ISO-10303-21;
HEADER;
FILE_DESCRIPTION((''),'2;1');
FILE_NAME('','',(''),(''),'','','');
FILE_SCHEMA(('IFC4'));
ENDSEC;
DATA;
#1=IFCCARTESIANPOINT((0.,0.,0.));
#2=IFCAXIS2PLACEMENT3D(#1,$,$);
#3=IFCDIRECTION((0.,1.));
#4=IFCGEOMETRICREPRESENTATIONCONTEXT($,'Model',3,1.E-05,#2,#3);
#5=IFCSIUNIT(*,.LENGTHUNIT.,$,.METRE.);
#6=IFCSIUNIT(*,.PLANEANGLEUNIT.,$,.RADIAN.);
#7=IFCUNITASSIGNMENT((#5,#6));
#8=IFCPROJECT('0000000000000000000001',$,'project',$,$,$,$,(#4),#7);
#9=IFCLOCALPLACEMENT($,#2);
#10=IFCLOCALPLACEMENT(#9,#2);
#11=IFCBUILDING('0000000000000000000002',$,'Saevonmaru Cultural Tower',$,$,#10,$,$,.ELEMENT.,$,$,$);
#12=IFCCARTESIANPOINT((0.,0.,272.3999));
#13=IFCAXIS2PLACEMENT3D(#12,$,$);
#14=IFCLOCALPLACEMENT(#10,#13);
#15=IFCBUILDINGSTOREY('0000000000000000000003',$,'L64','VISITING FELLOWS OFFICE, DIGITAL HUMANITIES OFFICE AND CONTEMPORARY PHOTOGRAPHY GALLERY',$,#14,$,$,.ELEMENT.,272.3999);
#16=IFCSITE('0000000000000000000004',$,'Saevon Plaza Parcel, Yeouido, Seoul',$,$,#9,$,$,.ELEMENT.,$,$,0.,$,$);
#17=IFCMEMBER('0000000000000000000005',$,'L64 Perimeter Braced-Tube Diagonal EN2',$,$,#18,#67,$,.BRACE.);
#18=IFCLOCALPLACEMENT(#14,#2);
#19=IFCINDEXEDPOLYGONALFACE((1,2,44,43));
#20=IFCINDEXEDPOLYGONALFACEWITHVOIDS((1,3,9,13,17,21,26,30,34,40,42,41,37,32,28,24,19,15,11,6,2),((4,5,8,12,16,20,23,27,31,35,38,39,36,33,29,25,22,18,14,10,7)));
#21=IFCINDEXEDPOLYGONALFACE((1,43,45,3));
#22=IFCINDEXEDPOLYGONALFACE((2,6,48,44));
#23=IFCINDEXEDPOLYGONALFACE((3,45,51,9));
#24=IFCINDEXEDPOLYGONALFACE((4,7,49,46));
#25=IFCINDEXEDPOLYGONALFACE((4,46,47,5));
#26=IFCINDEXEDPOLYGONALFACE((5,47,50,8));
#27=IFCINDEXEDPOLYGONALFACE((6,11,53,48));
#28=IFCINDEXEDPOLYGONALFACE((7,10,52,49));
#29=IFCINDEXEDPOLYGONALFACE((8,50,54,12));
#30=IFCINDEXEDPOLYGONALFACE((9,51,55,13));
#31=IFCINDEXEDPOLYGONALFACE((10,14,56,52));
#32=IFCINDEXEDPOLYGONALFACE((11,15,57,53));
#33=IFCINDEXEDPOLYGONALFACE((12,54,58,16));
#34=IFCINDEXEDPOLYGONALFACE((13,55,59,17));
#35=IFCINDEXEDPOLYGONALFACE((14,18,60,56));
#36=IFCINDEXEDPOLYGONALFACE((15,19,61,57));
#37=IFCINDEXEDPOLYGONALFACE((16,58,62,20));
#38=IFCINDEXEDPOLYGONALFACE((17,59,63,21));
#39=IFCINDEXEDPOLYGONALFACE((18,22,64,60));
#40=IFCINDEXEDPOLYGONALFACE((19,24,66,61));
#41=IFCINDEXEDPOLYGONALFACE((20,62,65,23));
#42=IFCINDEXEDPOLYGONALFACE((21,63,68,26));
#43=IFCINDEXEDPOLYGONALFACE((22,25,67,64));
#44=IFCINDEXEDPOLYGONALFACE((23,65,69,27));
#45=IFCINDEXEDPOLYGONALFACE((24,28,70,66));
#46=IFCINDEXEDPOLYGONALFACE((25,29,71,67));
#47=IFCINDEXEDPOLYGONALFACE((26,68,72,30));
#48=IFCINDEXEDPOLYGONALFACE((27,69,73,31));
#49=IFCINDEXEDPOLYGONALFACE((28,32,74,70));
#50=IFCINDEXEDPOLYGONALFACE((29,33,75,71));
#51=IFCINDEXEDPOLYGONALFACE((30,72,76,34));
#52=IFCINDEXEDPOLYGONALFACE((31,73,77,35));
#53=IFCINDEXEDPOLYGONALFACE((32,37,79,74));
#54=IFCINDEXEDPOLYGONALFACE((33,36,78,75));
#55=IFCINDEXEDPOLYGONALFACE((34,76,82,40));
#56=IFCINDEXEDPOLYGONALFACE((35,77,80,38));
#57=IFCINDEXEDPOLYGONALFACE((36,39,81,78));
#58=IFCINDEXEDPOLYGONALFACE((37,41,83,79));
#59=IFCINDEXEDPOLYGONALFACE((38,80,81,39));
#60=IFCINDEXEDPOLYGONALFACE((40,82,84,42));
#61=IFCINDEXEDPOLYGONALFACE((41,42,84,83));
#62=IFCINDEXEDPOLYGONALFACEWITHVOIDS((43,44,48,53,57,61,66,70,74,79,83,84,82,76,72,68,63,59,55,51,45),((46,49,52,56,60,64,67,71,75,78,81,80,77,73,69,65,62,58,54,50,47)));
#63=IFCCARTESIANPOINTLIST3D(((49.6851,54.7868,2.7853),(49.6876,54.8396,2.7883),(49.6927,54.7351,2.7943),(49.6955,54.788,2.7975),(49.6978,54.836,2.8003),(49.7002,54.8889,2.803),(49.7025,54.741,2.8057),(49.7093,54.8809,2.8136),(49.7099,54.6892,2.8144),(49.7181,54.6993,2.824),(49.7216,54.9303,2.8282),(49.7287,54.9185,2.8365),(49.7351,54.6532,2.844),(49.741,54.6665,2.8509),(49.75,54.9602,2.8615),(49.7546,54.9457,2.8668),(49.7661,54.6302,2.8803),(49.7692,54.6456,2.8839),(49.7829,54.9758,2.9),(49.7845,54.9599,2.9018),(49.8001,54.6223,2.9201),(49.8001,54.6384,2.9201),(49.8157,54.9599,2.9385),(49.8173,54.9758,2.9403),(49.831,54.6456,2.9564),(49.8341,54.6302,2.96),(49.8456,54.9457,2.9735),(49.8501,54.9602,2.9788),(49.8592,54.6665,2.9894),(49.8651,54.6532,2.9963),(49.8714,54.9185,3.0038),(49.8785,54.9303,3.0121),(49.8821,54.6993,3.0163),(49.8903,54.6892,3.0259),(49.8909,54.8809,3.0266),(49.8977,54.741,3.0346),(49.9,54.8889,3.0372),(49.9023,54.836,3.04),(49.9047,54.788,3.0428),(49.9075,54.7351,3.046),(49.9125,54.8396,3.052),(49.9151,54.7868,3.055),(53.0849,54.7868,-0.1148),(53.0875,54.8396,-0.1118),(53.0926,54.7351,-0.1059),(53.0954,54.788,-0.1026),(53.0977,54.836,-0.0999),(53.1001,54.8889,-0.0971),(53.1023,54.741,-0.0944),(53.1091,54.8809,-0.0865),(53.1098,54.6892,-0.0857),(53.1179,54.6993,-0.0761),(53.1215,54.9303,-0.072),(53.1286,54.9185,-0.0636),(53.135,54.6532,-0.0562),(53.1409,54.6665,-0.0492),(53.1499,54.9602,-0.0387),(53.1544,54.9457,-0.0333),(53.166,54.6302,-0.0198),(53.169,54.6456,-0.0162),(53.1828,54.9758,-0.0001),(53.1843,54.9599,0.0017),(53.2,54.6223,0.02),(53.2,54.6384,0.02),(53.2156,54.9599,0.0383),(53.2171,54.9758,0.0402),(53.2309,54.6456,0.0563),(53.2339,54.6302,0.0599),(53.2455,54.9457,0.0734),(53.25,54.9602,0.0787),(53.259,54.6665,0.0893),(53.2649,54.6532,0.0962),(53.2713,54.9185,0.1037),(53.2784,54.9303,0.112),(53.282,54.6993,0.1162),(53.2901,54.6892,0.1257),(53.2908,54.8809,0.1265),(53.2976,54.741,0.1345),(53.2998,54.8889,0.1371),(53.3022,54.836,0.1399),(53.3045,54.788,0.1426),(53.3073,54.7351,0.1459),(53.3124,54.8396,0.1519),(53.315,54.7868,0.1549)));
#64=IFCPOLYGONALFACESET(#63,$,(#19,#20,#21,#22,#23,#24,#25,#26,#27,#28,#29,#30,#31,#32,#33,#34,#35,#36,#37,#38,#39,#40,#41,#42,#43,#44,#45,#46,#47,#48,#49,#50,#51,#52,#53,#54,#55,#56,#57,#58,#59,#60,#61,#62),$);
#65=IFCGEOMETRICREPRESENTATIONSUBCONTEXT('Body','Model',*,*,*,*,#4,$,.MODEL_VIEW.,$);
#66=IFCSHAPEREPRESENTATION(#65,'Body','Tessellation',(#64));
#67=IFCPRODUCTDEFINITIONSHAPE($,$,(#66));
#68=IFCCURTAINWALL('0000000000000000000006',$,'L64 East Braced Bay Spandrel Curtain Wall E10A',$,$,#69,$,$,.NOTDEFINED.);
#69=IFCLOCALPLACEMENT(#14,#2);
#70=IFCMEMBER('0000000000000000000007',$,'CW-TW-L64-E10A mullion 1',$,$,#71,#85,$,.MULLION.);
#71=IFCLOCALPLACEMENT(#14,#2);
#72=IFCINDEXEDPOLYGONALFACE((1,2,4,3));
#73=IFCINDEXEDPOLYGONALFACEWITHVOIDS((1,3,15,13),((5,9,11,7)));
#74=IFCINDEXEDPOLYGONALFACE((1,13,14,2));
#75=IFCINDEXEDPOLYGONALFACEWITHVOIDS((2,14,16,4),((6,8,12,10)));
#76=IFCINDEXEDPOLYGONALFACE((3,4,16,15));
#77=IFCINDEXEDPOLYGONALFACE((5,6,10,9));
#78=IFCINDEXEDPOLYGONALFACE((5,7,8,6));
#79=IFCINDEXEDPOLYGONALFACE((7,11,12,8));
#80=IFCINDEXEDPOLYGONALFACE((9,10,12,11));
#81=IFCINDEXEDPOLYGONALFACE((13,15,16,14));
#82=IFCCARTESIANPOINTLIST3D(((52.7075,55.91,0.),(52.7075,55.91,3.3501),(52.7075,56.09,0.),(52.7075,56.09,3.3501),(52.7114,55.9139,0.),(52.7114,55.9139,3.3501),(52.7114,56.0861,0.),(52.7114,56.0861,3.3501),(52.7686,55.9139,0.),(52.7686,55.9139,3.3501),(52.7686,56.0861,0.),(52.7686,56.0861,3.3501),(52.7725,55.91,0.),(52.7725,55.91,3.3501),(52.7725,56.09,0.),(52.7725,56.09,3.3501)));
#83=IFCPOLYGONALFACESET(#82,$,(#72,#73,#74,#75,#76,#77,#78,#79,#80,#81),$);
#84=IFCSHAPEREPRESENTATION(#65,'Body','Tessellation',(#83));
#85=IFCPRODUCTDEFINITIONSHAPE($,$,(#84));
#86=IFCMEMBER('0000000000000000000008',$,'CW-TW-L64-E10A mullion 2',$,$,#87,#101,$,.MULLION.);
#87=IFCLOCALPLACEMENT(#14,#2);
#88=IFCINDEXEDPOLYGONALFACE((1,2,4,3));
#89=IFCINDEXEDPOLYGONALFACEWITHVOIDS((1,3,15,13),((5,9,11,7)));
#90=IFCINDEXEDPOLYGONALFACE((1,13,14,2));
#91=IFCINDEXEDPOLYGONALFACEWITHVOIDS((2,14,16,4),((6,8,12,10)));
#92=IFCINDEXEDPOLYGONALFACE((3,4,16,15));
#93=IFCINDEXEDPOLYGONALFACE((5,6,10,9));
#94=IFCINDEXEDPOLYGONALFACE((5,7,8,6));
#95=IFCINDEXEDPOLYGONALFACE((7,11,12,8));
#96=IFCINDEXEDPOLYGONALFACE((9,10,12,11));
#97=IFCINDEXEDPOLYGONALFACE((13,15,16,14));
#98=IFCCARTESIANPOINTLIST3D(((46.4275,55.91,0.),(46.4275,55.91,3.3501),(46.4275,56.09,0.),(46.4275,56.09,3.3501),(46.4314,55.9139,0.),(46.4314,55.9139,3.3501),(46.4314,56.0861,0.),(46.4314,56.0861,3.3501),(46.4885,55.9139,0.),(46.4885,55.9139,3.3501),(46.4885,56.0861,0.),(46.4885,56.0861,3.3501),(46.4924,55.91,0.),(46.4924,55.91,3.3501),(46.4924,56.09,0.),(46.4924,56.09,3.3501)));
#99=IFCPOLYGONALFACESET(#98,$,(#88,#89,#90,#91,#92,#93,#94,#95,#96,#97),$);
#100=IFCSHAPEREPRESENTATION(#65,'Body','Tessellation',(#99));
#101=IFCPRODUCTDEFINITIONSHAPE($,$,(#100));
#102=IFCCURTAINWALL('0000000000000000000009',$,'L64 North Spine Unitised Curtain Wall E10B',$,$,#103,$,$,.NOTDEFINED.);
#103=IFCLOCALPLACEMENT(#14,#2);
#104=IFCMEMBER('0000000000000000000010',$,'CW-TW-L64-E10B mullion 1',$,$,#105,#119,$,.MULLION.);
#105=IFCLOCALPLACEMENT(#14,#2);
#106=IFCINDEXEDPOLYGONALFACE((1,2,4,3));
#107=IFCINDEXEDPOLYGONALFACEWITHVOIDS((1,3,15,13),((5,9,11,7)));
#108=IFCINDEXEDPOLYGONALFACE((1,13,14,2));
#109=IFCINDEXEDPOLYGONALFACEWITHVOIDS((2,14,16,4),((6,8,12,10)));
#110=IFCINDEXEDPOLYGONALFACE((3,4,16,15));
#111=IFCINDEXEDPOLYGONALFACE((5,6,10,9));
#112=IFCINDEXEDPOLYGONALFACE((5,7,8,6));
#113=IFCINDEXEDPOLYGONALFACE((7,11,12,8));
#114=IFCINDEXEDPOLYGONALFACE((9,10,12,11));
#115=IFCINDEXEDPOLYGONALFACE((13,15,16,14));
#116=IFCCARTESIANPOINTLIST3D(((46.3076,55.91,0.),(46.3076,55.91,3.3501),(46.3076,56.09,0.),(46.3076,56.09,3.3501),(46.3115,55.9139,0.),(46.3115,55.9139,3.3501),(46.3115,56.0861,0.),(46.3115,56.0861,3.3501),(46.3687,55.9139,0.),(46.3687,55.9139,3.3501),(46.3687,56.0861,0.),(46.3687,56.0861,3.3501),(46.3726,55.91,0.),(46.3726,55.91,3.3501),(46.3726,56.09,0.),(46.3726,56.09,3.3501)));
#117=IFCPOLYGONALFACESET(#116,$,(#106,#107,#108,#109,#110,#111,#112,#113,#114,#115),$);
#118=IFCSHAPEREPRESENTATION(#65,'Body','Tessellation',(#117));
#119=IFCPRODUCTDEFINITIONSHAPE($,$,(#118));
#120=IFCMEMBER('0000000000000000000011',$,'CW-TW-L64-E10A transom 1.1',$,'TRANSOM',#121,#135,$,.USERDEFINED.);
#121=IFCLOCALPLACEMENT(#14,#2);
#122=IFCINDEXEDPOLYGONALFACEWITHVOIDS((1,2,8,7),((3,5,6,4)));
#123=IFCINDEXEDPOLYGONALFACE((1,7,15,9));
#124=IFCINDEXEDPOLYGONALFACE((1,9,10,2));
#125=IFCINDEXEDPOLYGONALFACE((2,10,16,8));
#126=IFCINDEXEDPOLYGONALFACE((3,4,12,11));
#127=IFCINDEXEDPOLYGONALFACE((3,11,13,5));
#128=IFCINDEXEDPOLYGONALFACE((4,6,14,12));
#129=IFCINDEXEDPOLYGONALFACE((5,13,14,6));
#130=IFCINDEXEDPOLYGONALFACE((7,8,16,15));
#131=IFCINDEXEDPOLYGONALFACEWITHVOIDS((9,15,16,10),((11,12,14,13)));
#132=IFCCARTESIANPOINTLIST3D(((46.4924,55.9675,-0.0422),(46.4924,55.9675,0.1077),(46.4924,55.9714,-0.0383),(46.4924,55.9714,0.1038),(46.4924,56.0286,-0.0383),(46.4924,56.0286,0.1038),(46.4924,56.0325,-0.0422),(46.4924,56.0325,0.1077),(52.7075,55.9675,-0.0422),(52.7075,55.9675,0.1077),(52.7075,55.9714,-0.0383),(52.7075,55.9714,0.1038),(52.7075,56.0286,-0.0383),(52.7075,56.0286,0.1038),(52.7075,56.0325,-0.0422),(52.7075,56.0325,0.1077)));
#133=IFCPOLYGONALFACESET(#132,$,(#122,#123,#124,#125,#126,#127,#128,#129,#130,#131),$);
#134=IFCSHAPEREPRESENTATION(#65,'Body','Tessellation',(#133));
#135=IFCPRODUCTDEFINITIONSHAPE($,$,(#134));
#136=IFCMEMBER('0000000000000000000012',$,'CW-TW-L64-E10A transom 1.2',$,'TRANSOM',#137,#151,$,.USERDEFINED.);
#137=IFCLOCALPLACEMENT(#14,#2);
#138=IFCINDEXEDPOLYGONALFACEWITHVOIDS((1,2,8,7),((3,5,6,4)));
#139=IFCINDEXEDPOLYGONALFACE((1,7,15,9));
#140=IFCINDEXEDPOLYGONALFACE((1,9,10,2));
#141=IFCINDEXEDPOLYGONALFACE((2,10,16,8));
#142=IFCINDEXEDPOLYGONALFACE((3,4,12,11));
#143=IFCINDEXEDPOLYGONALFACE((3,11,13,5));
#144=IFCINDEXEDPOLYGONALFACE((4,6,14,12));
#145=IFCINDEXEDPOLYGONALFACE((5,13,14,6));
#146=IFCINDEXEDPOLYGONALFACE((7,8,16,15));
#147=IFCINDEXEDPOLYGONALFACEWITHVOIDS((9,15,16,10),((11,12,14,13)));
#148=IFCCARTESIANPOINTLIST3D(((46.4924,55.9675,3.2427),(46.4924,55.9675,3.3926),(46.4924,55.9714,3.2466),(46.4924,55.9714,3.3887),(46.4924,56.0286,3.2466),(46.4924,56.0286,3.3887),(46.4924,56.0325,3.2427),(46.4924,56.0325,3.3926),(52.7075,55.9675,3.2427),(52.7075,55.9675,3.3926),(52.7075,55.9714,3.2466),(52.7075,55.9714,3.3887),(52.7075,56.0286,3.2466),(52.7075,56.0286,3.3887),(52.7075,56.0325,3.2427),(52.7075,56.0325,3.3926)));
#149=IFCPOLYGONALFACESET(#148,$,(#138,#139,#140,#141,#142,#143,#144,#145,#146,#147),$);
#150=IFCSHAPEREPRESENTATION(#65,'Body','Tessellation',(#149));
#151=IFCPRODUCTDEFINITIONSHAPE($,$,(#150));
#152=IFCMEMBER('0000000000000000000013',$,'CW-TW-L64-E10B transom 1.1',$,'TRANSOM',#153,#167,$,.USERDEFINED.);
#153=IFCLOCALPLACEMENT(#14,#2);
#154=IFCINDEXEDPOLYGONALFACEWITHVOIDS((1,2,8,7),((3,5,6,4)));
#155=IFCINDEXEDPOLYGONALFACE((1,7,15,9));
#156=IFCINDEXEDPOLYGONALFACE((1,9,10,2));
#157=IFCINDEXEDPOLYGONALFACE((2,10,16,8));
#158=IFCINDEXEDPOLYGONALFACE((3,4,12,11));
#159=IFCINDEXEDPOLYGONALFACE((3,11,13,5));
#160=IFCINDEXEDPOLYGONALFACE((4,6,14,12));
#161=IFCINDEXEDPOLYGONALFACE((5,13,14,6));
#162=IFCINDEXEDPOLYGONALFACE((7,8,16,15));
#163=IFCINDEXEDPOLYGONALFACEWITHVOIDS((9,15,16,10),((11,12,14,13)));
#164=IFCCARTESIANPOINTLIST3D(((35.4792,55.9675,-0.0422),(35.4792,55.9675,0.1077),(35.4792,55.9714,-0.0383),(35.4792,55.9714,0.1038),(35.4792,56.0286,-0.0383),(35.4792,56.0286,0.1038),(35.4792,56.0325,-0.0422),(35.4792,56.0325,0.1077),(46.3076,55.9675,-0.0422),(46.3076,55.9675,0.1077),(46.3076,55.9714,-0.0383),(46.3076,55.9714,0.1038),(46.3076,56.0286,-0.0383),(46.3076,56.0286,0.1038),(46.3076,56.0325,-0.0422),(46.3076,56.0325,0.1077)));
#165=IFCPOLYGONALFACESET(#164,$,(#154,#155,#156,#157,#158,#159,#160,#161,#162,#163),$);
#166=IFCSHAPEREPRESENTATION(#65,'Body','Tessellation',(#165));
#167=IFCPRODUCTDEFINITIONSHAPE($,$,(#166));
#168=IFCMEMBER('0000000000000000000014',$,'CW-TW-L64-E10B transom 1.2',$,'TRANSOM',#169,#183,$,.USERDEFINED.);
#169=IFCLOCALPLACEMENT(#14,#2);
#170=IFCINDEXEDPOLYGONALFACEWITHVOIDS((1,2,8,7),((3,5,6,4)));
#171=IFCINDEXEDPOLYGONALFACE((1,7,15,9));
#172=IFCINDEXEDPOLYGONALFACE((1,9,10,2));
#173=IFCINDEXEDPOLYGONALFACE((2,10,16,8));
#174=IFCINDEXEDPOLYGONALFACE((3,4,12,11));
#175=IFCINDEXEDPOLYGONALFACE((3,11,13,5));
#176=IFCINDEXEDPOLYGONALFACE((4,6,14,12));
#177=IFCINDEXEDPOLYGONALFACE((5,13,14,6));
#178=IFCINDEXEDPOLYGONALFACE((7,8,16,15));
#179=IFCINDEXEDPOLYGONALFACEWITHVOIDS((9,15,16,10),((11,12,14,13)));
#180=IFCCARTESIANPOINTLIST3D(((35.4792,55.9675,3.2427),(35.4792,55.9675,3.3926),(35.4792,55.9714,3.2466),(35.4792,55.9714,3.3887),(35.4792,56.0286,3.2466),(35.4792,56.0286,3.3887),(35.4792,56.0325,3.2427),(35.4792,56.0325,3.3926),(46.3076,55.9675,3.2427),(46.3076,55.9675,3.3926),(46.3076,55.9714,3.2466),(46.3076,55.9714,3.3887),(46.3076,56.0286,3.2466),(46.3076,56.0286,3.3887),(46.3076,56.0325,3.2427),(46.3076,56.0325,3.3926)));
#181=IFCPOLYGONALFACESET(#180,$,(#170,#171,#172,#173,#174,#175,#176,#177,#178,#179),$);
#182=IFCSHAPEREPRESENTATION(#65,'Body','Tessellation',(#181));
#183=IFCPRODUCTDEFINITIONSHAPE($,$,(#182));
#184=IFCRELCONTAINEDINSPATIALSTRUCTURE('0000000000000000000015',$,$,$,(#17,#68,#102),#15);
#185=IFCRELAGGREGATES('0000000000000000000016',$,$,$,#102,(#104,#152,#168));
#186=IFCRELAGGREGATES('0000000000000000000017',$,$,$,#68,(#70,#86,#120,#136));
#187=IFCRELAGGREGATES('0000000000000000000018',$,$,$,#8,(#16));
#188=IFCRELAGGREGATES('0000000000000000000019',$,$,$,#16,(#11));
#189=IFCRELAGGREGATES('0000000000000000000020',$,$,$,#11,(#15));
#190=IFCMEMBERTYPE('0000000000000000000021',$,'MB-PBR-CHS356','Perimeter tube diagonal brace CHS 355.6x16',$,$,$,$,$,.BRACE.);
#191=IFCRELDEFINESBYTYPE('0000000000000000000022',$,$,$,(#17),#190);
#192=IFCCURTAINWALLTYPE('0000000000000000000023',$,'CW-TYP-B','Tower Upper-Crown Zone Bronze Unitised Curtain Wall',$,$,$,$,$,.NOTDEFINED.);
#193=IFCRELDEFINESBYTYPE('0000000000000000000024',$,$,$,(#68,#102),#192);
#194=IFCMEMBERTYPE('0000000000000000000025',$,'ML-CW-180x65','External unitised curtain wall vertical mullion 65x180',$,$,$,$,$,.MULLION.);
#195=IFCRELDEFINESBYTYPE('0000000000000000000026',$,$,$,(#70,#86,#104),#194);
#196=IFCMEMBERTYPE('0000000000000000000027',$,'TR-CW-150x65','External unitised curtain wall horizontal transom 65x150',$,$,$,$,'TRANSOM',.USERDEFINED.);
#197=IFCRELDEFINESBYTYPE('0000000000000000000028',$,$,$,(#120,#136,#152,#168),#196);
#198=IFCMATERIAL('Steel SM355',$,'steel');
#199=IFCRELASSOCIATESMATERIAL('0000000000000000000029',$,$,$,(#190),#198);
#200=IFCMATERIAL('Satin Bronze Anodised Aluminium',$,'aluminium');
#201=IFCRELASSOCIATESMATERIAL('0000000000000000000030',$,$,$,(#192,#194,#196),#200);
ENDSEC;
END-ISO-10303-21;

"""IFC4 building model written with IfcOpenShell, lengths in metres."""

from ifc_helpers import new_model, si_unit, direction, frame, origin, origin_2d, place, context, subcontext, project, spatial, hollow_rectangle, hollow_circle, extrude, material, material_profile, profile_set, type_object, element, aggregate, save


model = new_model("IFC4")

# Units and contexts
model_context = context("Model", 3, precision=1e-05, world=origin(), true_north=direction((0.0, 1.0)))
body_context = subcontext(model_context, "Body", "Model", "MODEL_VIEW")
ifc_project = project(units=[si_unit("LENGTHUNIT", "METRE"), si_unit("PLANEANGLEUNIT", "RADIAN")], contexts=[model_context])

# Site, building, storey
site_placement = place(None, origin())
site = spatial("IfcSite", under=ifc_project, at=site_placement, Name="Saevon Plaza Parcel, Yeouido, Seoul", CompositionType="ELEMENT", RefElevation=0.0)
building_placement = place(site_placement, origin())
building = spatial("IfcBuilding", under=site, at=building_placement, Name="Saevonmaru Cultural Tower", CompositionType="ELEMENT")
storey_placement = place(building_placement, frame((0.0, 0.0, 272.3999)))
storey = spatial("IfcBuildingStorey", under=building, at=storey_placement, Name="L64", Description="VISITING FELLOWS OFFICE, DIGITAL HUMANITIES OFFICE AND CONTEMPORARY PHOTOGRAPHY GALLERY", CompositionType="ELEMENT", Elevation=272.3999)

# Shared definitions
ifc_material_1 = material(Name="Steel SM355", Category="steel")

# Member
ifc_material_profile_1 = material_profile(ifc_material_1, hollow_circle(Radius=0.1777, WallThickness=0.0161, at=origin_2d()), Name="CHS-355.6x16")
ifc_profile_set_1 = profile_set([ifc_material_profile_1], Name="Steel SM355")
member_type_1 = type_object("IfcMemberType", Name="MB-PBR-CHS356", Description="Perimeter tube diagonal brace CHS 355.6x16", PredefinedType="BRACE", material=ifc_profile_set_1)
member_1_placement = place(storey_placement, frame((53.2, 54.8, 0.02), z_axis=(-0.760809, 0.0, 0.648976), x_axis=(0.0, -1.0, 0.0)))
element("IfcMember", 1, at=member_1_placement, inside=storey, type_object=member_type_1, Name="L64 Perimeter Braced-Tube Diagonal EN2", PredefinedType="BRACE", context=body_context, shape_type="SweptSolid", body=[
    extrude(hollow_circle(Radius=0.1777, WallThickness=0.0161, at=origin_2d()), origin(), (0.0, 0.0, 1.0), 4.4688),
])

# Curtain wall, members
ifc_material_2 = material(Name="Satin Bronze Anodised Aluminium", Category="aluminium")
curtain_wall_type = type_object("IfcCurtainWallType", Name="CW-TYP-B", Description="Tower Upper-Crown Zone Bronze Unitised Curtain Wall", PredefinedType="NOTDEFINED", material=ifc_material_2)
curtain_wall_1_placement = place(storey_placement, origin())
curtain_wall_1 = element("IfcCurtainWall", 2, at=curtain_wall_1_placement, inside=storey, type_object=curtain_wall_type, Name="L64 East Braced Bay Spandrel Curtain Wall E10A", PredefinedType="NOTDEFINED")
ifc_material_profile_2 = material_profile(ifc_material_2, hollow_rectangle(XDim=0.0649, YDim=0.1799, WallThickness=0.0039, at=origin_2d()), Name="ALU-MULL-180x65x4")
ifc_profile_set_2 = profile_set([ifc_material_profile_2], Name="Satin Bronze Anodised Aluminium")
member_type_2 = type_object("IfcMemberType", Name="ML-CW-180x65", Description="External unitised curtain wall vertical mullion 65x180", PredefinedType="MULLION", material=ifc_profile_set_2)
member_2_placement = place(storey_placement, frame((52.74, 56.0, 0.0), z_axis=(0.0, 0.0, 1.0), x_axis=(-1.0, 0.0, 0.0)))
member_2 = element("IfcMember", 3, at=member_2_placement, type_object=member_type_2, Name="CW-TW-L64-E10A mullion 1", PredefinedType="MULLION", context=body_context, shape_type="SweptSolid", body=[
    extrude(hollow_rectangle(XDim=0.0649, YDim=0.1799, WallThickness=0.0039, at=origin_2d()), origin(), (0.0, 0.0, 1.0), 3.3501),
])
member_3_placement = place(storey_placement, frame((46.46, 56.0, 0.0), z_axis=(0.0, 0.0, 1.0), x_axis=(-1.0, 0.0, 0.0)))
member_3 = element("IfcMember", 4, at=member_3_placement, type_object=member_type_2, Name="CW-TW-L64-E10A mullion 2", PredefinedType="MULLION", context=body_context, shape_type="SweptSolid", body=[
    extrude(hollow_rectangle(XDim=0.0649, YDim=0.1799, WallThickness=0.0039, at=origin_2d()), origin(), (0.0, 0.0, 1.0), 3.3501),
])

# Curtain wall, member
curtain_wall_2_placement = place(storey_placement, origin())
curtain_wall_2 = element("IfcCurtainWall", 5, at=curtain_wall_2_placement, inside=storey, type_object=curtain_wall_type, Name="L64 North Spine Unitised Curtain Wall E10B", PredefinedType="NOTDEFINED")
member_4_placement = place(storey_placement, frame((46.3401, 56.0, 0.0), z_axis=(0.0, 0.0, 1.0), x_axis=(-1.0, 0.0, 0.0)))
member_4 = element("IfcMember", 6, at=member_4_placement, type_object=member_type_2, Name="CW-TW-L64-E10B mullion 1", PredefinedType="MULLION", context=body_context, shape_type="SweptSolid", body=[
    extrude(hollow_rectangle(XDim=0.0649, YDim=0.1799, WallThickness=0.0039, at=origin_2d()), origin(), (0.0, 0.0, 1.0), 3.3501),
])

# Members
ifc_material_profile_3 = material_profile(ifc_material_2, hollow_rectangle(XDim=0.0649, YDim=0.1499, WallThickness=0.0039, at=origin_2d()), Name="ALU-TRAN-150x65x4")
ifc_profile_set_3 = profile_set([ifc_material_profile_3], Name="Satin Bronze Anodised Aluminium")
member_type_3 = type_object("IfcMemberType", Name="TR-CW-150x65", Description="External unitised curtain wall horizontal transom 65x150", ElementType="TRANSOM", PredefinedType="USERDEFINED", material=ifc_profile_set_3)
member_5_placement = place(storey_placement, frame((52.7075, 56.0, 0.0327), z_axis=(-1.0, 0.0, 0.0), x_axis=(0.0, -1.0, 0.0)))
member_5 = element("IfcMember", 7, at=member_5_placement, type_object=member_type_3, Name="CW-TW-L64-E10A transom 1.1", ObjectType="TRANSOM", PredefinedType="USERDEFINED", context=body_context, shape_type="SweptSolid", body=[
    extrude(hollow_rectangle(XDim=0.0649, YDim=0.1499, WallThickness=0.0039, at=origin_2d()), origin(), (0.0, 0.0, 1.0), 6.2151),
])
member_6_placement = place(storey_placement, frame((52.7075, 56.0, 3.3176), z_axis=(-1.0, 0.0, 0.0), x_axis=(0.0, -1.0, 0.0)))
member_6 = element("IfcMember", 8, at=member_6_placement, type_object=member_type_3, Name="CW-TW-L64-E10A transom 1.2", ObjectType="TRANSOM", PredefinedType="USERDEFINED", context=body_context, shape_type="SweptSolid", body=[
    extrude(hollow_rectangle(XDim=0.0649, YDim=0.1499, WallThickness=0.0039, at=origin_2d()), origin(), (0.0, 0.0, 1.0), 6.2151),
])
member_7_placement = place(storey_placement, frame((46.3076, 56.0, 0.0327), z_axis=(-1.0, 0.0, 0.0), x_axis=(0.0, -1.0, 0.0)))
member_7 = element("IfcMember", 9, at=member_7_placement, type_object=member_type_3, Name="CW-TW-L64-E10B transom 1.1", ObjectType="TRANSOM", PredefinedType="USERDEFINED", context=body_context, shape_type="SweptSolid", body=[
    extrude(hollow_rectangle(XDim=0.0649, YDim=0.1499, WallThickness=0.0039, at=origin_2d()), origin(), (0.0, 0.0, 1.0), 10.8284),
])
member_8_placement = place(storey_placement, frame((46.3076, 56.0, 3.3176), z_axis=(-1.0, 0.0, 0.0), x_axis=(0.0, -1.0, 0.0)))
member_8 = element("IfcMember", 10, at=member_8_placement, type_object=member_type_3, Name="CW-TW-L64-E10B transom 1.2", ObjectType="TRANSOM", PredefinedType="USERDEFINED", context=body_context, shape_type="SweptSolid", body=[
    extrude(hollow_rectangle(XDim=0.0649, YDim=0.1499, WallThickness=0.0039, at=origin_2d()), origin(), (0.0, 0.0, 1.0), 10.8284),
])
aggregate(curtain_wall_2, [member_4, member_7, member_8])

aggregate(curtain_wall_1, [member_2, member_3, member_5, member_6])

save(model, "model.ifc")
